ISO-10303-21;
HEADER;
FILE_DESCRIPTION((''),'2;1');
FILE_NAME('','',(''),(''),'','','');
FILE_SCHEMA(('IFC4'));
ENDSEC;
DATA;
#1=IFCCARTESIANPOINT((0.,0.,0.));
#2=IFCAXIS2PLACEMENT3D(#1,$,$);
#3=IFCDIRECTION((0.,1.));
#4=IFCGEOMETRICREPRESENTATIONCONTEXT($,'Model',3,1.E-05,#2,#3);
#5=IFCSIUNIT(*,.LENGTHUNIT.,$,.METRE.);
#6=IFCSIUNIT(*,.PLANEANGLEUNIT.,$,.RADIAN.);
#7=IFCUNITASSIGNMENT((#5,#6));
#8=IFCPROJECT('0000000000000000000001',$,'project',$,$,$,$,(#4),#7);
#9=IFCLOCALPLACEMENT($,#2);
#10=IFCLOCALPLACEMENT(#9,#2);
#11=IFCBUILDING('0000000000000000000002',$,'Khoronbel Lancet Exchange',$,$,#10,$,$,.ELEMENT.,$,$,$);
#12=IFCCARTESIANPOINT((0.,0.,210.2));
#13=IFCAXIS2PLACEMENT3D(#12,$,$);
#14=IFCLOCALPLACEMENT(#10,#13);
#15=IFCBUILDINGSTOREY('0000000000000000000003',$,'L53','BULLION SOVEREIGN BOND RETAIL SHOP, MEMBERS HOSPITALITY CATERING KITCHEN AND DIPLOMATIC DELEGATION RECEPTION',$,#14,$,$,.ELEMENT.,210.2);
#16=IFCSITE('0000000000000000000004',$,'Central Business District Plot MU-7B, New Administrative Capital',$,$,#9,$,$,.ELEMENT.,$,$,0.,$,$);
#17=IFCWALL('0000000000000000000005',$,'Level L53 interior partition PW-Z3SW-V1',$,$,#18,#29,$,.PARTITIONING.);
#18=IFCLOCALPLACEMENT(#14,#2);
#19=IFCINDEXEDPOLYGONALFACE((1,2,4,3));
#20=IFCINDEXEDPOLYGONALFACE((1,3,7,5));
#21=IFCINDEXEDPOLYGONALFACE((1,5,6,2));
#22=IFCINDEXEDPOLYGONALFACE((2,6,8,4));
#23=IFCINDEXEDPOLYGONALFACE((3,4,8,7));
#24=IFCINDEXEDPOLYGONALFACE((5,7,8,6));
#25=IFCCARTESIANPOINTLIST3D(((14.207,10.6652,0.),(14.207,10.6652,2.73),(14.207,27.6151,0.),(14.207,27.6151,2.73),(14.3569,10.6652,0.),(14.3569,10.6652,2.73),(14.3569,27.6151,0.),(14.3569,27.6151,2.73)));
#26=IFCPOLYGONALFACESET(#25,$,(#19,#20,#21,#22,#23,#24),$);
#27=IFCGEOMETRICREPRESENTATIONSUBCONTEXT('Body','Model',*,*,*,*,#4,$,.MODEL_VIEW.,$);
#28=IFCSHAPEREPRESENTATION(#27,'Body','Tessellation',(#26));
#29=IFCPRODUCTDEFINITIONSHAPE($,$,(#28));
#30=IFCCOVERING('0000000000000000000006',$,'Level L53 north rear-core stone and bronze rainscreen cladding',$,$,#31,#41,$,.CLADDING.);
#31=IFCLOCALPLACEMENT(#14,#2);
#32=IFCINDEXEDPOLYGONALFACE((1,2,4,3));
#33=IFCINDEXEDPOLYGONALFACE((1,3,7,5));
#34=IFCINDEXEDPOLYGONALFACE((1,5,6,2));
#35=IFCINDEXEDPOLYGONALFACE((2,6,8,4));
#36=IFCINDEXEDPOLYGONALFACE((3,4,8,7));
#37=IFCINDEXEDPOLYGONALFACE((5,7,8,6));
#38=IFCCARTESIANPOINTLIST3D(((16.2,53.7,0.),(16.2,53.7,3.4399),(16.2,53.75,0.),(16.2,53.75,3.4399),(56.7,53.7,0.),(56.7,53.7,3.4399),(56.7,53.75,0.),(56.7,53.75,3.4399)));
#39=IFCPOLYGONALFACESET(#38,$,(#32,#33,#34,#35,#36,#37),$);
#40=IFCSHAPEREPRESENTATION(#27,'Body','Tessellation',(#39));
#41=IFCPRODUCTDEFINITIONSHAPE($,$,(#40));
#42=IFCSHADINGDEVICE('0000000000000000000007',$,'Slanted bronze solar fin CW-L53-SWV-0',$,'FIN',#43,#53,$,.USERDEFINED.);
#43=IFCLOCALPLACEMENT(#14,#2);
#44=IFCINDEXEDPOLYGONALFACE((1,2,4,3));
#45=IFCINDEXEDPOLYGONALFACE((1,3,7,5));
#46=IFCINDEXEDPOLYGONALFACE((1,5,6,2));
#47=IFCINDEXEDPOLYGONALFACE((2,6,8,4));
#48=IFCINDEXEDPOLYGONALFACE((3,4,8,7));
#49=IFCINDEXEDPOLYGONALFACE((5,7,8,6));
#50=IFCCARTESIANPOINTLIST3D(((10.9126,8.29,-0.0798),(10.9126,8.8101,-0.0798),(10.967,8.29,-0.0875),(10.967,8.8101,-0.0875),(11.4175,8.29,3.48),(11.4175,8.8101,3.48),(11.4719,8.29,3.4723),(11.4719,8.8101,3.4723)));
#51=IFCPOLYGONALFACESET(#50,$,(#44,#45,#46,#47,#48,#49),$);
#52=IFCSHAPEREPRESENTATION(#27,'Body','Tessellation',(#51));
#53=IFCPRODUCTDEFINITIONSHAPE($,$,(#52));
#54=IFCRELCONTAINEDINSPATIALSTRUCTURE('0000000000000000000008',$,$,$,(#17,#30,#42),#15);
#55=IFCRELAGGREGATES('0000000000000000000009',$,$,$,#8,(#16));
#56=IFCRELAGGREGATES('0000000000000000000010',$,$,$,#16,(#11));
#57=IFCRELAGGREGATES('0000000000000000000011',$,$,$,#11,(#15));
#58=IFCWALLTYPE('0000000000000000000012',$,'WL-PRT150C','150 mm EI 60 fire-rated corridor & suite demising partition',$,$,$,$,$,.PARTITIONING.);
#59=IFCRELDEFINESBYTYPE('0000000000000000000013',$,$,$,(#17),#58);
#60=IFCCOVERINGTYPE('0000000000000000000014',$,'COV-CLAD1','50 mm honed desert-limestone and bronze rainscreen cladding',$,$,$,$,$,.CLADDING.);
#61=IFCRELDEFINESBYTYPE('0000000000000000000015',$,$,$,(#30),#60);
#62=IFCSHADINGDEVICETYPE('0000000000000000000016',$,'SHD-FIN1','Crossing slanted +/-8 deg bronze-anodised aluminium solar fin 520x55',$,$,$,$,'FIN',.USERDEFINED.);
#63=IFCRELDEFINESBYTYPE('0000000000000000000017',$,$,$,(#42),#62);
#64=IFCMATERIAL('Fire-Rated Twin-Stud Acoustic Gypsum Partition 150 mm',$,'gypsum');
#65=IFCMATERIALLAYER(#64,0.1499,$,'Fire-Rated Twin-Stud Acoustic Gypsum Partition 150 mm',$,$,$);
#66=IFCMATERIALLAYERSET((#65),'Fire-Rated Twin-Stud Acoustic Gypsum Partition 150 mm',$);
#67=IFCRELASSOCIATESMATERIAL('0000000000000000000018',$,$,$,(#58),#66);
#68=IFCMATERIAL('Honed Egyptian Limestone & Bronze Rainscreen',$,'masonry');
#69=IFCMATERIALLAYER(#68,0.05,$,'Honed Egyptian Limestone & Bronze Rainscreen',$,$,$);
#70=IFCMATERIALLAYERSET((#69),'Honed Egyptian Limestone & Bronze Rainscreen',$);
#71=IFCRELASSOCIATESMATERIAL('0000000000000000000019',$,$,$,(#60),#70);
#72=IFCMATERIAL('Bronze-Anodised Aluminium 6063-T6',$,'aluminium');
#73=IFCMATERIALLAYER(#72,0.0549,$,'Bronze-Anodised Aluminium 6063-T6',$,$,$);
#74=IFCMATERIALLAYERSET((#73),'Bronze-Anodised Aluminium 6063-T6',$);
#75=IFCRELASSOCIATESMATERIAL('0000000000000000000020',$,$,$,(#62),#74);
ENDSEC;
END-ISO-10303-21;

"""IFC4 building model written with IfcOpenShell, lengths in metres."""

from ifc_helpers import new_model, si_unit, direction, frame, frame_2d, origin, place, context, subcontext, project, spatial, polyline, rectangle, outline, extrude, material, layer, layer_set, type_object, element, save


model = new_model("IFC4")

# Units and contexts
model_context = context("Model", 3, precision=1e-05, world=origin(), true_north=direction((0.0, 1.0)))
body_context = subcontext(model_context, "Body", "Model", "MODEL_VIEW")
ifc_project = project(units=[si_unit("LENGTHUNIT", "METRE"), si_unit("PLANEANGLEUNIT", "RADIAN")], contexts=[model_context])

# Site, building, storey
site_placement = place(None, origin())
site = spatial("IfcSite", under=ifc_project, at=site_placement, Name="Central Business District Plot MU-7B, New Administrative Capital", CompositionType="ELEMENT", RefElevation=0.0)
building_placement = place(site_placement, origin())
building = spatial("IfcBuilding", under=site, at=building_placement, Name="Khoronbel Lancet Exchange", CompositionType="ELEMENT")
storey_placement = place(building_placement, frame((0.0, 0.0, 210.2)))
storey = spatial("IfcBuildingStorey", under=building, at=storey_placement, Name="L53", Description="BULLION SOVEREIGN BOND RETAIL SHOP, MEMBERS HOSPITALITY CATERING KITCHEN AND DIPLOMATIC DELEGATION RECEPTION", CompositionType="ELEMENT", Elevation=210.2)

# Shared definitions
ifc_material_1 = material(Name="Bronze-Anodised Aluminium 6063-T6", Category="aluminium")

# Wall
ifc_material_2 = material(Name="Fire-Rated Twin-Stud Acoustic Gypsum Partition 150 mm", Category="gypsum")
ifc_layer_1 = layer(ifc_material_2, 0.1499, Name="Fire-Rated Twin-Stud Acoustic Gypsum Partition 150 mm")
ifc_layer_set_1 = layer_set([ifc_layer_1], Name="Fire-Rated Twin-Stud Acoustic Gypsum Partition 150 mm")
wall_type_1 = type_object("IfcWallType", Name="WL-PRT150C", Description="150 mm EI 60 fire-rated corridor & suite demising partition", PredefinedType="PARTITIONING", material=ifc_layer_set_1)
wall_1_placement = place(storey_placement, frame((14.282, 10.665, 0.0), z_axis=(0.0, 0.0, 1.0), x_axis=(0.0, 1.0, 0.0)))
element("IfcWall", 1, at=wall_1_placement, inside=storey, type_object=wall_type_1, Name="Level L53 interior partition PW-Z3SW-V1", PredefinedType="PARTITIONING", context=body_context, shape_type="SweptSolid", body=[
    extrude(rectangle(XDim=16.95, YDim=0.1499, at=frame_2d((8.4751, 0.0))), origin(), (0.0, 0.0, 1.0), 2.73),
])

# Covering
ifc_material_3 = material(Name="Honed Egyptian Limestone & Bronze Rainscreen", Category="masonry")
ifc_layer_2 = layer(ifc_material_3, 0.05, Name="Honed Egyptian Limestone & Bronze Rainscreen")
ifc_layer_set_2 = layer_set([ifc_layer_2], Name="Honed Egyptian Limestone & Bronze Rainscreen")
covering_type = type_object("IfcCoveringType", Name="COV-CLAD1", Description="50 mm honed desert-limestone and bronze rainscreen cladding", PredefinedType="CLADDING", material=ifc_layer_set_2)
covering_placement = place(storey_placement, origin())
element("IfcCovering", 2, at=covering_placement, inside=storey, type_object=covering_type, Name="Level L53 north rear-core stone and bronze rainscreen cladding", PredefinedType="CLADDING", context=body_context, shape_type="SweptSolid", body=[
    extrude(outline(polyline([(16.2, 53.7), (56.7, 53.7), (56.7, 53.75), (16.2, 53.75), (16.2, 53.7)])), origin(), (0.0, 0.0, 1.0), 3.4399),
])

# Shading device
ifc_layer_3 = layer(ifc_material_1, 0.0549, Name="Bronze-Anodised Aluminium 6063-T6")
ifc_layer_set_3 = layer_set([ifc_layer_3], Name="Bronze-Anodised Aluminium 6063-T6")
shading_device_type = type_object("IfcShadingDeviceType", Name="SHD-FIN1", Description="Crossing slanted +/-8 deg bronze-anodised aluminium solar fin 520x55", ElementType="FIN", PredefinedType="USERDEFINED", material=ifc_layer_set_3)
shading_device_placement = place(storey_placement, frame((10.9126, 8.8101, -0.0798), z_axis=(-0.990092, 0.0, 0.140423), x_axis=(0.0, -1.0, 0.0)))
element("IfcShadingDevice", 3, at=shading_device_placement, inside=storey, type_object=shading_device_type, Name="Slanted bronze solar fin CW-L53-SWV-0", ObjectType="FIN", PredefinedType="USERDEFINED", context=body_context, shape_type="SweptSolid", body=[
    extrude(outline(polyline([(0.0, 0.0), (0.52, 0.0), (0.52, 3.5955), (0.0, 3.5955), (0.0, 0.0)])), origin(), (0.0, 0.0, -1.0), 0.0549),
])

save(model, "model.ifc")
